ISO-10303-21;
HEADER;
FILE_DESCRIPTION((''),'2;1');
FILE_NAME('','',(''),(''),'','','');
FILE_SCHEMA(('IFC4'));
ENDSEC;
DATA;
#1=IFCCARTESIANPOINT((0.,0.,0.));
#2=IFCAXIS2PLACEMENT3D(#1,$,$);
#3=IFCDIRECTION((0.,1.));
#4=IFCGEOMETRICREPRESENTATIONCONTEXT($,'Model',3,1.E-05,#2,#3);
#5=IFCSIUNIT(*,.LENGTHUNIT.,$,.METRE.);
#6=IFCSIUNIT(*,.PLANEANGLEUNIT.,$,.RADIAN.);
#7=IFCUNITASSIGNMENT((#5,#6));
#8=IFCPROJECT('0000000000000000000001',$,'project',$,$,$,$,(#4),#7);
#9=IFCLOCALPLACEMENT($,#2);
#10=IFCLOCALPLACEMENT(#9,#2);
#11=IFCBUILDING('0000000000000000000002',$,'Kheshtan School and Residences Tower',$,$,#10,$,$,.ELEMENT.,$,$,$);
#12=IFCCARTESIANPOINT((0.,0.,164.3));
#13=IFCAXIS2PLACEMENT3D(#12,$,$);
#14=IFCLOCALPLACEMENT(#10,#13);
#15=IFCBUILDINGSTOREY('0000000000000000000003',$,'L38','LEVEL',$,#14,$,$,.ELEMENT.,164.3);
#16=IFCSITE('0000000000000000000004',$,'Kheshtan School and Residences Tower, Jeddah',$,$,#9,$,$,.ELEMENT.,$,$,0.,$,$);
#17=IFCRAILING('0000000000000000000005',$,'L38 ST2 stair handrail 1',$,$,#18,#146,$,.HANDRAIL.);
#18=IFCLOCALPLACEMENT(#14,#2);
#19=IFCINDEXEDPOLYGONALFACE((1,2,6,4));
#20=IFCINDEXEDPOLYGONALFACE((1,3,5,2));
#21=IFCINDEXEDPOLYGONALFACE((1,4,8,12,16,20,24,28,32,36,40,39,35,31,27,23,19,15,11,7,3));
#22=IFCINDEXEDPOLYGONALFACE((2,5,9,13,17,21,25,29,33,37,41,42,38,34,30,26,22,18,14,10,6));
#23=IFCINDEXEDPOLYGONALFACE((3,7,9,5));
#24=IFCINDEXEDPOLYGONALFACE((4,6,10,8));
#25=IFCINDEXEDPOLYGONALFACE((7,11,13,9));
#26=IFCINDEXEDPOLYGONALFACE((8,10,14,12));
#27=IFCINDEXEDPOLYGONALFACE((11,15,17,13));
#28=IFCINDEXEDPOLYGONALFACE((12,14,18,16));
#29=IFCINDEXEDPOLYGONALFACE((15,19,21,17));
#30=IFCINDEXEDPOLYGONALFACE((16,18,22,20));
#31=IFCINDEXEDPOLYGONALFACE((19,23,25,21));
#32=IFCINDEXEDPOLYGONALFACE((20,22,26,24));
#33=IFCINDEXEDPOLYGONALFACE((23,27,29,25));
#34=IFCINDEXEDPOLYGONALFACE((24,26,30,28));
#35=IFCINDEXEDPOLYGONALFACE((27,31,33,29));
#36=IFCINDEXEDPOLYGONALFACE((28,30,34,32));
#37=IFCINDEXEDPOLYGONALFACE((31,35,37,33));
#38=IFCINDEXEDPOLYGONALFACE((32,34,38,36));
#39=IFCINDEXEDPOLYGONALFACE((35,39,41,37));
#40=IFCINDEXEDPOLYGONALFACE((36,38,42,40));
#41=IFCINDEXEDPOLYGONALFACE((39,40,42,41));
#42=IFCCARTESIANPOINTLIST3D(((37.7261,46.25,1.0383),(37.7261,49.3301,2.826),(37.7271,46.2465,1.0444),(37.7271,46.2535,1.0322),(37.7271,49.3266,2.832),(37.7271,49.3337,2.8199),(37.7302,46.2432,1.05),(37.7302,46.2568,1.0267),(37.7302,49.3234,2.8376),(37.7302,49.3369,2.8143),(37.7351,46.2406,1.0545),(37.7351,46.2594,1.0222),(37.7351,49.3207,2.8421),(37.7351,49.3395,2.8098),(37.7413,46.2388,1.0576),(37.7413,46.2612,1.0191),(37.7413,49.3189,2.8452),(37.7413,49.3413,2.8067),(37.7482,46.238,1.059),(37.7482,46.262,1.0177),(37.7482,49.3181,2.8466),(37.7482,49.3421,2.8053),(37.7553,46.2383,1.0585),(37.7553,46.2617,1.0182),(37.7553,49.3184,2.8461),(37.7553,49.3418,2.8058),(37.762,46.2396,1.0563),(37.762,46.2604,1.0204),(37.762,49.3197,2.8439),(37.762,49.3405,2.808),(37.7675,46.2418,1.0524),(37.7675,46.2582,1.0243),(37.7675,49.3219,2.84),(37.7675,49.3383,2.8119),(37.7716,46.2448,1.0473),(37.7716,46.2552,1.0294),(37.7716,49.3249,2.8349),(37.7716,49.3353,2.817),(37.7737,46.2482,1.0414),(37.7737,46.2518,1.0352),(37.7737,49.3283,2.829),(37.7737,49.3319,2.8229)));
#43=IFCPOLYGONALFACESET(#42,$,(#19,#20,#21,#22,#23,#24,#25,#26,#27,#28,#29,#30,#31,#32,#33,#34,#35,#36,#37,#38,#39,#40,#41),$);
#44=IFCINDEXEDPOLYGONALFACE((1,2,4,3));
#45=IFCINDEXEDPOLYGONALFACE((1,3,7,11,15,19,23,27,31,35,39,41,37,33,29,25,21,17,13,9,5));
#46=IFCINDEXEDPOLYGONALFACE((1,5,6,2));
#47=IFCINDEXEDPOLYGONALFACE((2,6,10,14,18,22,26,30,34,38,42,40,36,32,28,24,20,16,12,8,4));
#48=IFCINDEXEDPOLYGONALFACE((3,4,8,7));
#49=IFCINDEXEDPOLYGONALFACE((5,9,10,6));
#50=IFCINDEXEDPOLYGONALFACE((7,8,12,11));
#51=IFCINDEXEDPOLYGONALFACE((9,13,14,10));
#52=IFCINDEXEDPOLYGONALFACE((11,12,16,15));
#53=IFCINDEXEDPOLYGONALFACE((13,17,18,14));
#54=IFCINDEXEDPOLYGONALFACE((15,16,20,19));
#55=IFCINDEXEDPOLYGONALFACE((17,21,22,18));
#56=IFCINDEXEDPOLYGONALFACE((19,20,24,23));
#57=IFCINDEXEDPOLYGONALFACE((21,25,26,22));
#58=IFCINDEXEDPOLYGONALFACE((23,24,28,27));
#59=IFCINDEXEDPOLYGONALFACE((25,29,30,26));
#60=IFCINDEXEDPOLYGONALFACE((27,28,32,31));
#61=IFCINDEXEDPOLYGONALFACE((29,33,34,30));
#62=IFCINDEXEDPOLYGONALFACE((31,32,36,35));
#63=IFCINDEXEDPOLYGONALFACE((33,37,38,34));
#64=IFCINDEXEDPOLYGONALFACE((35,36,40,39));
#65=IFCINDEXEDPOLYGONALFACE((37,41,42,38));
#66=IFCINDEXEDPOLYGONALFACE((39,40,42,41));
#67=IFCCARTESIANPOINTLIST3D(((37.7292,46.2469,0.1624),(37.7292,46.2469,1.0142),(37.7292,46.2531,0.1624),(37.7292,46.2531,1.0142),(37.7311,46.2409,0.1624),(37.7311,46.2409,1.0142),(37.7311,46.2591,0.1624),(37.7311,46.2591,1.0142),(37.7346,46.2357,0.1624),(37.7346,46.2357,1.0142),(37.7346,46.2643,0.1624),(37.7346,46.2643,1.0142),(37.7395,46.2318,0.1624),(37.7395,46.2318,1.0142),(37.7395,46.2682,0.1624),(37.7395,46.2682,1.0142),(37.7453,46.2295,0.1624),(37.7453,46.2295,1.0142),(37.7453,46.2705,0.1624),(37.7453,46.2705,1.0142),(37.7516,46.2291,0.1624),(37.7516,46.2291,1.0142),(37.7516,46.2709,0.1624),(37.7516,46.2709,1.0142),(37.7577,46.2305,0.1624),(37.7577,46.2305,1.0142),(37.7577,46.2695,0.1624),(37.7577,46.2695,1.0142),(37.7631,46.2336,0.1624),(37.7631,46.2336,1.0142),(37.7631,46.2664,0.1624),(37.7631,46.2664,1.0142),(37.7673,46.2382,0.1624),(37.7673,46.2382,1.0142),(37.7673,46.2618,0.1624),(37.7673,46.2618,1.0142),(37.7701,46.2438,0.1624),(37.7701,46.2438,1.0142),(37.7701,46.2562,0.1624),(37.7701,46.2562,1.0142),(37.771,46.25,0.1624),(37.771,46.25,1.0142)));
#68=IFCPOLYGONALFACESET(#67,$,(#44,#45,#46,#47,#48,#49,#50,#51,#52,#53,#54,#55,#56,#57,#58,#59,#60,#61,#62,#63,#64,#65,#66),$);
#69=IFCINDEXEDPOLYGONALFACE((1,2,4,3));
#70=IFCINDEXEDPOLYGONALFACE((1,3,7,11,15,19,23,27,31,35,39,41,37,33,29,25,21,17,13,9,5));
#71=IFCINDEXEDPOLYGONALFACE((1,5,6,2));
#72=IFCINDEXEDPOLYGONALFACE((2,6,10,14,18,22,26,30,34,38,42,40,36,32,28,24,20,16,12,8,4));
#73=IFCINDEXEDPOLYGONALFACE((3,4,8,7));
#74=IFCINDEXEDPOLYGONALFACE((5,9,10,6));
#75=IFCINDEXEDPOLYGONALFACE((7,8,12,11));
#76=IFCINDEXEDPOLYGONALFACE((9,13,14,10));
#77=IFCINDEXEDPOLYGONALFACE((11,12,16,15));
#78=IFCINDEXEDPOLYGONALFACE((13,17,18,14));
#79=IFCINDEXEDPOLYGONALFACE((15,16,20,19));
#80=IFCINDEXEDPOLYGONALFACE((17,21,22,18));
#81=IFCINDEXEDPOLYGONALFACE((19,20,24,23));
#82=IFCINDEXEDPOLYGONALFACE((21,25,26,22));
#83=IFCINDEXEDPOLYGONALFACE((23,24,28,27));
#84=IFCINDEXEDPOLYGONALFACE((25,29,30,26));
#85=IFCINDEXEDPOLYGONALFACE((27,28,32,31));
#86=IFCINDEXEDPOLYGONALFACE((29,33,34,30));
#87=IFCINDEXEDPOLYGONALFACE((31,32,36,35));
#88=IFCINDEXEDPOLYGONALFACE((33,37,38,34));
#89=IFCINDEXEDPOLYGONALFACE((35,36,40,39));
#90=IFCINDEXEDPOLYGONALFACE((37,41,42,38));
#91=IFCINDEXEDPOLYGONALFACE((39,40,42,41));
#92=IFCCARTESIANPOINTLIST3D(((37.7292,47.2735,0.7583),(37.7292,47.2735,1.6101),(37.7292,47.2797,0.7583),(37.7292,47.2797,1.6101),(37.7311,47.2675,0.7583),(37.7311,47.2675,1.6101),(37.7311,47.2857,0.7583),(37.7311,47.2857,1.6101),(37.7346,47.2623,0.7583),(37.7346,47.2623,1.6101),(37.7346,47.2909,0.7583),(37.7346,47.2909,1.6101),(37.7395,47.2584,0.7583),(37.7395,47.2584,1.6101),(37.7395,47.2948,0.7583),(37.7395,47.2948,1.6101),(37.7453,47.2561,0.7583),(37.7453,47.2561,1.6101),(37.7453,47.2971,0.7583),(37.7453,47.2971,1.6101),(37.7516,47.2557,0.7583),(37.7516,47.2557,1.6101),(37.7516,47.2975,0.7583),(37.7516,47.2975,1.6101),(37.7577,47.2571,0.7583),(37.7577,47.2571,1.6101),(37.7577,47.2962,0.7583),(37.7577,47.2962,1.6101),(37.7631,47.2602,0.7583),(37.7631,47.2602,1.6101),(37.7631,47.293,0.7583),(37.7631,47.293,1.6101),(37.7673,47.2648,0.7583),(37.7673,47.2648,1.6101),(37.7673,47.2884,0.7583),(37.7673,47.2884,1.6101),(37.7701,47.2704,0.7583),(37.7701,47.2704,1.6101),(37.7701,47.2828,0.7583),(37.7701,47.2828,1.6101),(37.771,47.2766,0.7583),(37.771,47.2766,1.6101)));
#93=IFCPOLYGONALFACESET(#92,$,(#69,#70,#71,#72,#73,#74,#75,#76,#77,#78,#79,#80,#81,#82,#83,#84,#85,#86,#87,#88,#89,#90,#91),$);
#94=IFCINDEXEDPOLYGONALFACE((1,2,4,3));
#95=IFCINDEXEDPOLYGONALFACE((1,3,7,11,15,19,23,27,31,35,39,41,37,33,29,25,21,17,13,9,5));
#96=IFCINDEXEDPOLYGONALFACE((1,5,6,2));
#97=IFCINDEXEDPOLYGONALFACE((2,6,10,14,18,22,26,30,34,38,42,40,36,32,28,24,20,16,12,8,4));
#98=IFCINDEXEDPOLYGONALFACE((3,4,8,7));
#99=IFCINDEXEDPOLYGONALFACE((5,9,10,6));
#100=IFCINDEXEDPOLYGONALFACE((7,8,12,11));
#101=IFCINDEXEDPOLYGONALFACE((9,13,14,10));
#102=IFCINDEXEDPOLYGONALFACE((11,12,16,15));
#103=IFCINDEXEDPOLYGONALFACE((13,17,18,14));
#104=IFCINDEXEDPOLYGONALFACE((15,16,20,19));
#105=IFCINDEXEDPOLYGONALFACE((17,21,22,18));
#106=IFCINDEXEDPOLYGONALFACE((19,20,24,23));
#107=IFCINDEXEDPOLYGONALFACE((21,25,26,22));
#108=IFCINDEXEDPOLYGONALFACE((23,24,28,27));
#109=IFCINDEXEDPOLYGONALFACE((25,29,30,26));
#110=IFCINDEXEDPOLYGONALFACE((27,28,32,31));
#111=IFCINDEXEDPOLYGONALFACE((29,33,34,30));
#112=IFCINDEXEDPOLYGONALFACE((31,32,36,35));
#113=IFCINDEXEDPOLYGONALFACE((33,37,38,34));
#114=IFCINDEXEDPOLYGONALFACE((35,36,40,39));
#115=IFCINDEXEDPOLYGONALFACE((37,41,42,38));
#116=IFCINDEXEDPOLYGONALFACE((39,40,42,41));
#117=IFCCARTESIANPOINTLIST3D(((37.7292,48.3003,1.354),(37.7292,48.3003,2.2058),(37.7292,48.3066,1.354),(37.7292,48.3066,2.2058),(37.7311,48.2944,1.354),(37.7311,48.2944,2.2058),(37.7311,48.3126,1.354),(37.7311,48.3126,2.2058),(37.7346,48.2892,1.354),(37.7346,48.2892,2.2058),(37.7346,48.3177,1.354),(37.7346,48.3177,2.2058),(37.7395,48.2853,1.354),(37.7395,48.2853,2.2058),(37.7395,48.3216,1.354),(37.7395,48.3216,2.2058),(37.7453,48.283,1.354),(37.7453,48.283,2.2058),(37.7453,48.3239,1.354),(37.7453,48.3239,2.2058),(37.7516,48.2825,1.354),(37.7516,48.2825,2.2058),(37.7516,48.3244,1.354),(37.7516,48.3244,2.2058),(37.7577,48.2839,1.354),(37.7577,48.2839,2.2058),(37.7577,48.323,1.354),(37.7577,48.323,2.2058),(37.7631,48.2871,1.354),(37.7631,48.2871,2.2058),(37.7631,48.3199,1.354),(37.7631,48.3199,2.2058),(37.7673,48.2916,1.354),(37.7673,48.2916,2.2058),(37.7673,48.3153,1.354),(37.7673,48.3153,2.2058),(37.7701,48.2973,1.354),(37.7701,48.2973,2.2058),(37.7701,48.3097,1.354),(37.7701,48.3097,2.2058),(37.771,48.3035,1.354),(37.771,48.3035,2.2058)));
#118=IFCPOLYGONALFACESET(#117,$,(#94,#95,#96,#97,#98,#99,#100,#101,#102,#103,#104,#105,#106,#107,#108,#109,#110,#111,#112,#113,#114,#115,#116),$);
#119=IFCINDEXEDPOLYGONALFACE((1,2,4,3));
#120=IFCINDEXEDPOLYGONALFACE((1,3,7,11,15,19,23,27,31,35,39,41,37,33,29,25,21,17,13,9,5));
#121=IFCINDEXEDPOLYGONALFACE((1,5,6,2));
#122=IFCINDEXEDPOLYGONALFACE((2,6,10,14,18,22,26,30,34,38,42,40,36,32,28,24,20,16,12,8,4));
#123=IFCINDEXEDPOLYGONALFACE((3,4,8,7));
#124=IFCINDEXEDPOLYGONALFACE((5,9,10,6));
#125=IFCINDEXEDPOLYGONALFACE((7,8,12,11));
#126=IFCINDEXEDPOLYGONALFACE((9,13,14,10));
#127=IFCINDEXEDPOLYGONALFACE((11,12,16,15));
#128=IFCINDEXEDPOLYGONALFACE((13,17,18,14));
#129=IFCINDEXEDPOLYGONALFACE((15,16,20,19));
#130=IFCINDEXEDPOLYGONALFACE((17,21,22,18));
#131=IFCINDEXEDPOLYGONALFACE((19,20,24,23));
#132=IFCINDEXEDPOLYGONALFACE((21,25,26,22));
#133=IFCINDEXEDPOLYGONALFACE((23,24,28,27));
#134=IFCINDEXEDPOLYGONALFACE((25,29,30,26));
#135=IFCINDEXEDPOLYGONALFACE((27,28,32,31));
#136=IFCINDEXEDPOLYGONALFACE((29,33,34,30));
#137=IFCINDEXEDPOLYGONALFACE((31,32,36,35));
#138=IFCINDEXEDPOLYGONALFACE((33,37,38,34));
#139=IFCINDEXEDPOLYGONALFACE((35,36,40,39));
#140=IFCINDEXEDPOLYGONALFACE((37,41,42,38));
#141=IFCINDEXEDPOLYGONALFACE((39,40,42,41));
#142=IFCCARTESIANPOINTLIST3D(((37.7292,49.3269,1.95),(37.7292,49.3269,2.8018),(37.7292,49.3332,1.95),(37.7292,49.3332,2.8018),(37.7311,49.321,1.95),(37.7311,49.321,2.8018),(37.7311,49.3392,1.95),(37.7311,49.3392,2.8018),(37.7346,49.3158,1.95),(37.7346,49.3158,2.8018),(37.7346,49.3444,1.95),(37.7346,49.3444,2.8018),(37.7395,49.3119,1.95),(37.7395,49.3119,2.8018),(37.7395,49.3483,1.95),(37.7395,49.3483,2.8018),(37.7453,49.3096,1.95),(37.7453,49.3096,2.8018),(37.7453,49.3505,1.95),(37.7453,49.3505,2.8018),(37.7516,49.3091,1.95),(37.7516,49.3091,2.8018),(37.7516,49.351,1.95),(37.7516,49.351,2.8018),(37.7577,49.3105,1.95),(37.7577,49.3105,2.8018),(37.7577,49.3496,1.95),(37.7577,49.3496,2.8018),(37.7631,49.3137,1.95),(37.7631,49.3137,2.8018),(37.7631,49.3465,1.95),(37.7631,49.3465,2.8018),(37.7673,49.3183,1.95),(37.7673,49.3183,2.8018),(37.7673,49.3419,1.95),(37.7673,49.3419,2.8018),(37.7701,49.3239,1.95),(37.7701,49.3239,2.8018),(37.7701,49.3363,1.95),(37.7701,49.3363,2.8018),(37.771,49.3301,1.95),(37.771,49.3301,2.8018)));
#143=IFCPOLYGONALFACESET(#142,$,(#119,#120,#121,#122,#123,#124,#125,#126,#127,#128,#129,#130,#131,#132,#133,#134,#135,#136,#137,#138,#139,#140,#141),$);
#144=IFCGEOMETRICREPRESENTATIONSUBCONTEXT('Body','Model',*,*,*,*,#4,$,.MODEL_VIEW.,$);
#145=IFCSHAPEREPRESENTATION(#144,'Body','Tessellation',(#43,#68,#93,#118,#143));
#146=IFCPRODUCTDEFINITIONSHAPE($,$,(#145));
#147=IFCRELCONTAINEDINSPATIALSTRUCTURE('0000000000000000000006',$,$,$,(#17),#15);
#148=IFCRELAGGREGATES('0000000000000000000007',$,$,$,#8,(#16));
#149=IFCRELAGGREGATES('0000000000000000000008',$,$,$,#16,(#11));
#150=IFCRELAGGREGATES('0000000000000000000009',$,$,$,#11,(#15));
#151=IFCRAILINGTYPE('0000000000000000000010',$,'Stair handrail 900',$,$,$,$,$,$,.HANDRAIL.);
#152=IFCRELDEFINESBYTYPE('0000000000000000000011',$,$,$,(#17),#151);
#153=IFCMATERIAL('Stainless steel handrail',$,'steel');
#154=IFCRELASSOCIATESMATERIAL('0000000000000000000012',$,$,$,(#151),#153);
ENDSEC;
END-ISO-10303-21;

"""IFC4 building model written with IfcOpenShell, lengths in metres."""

from ifc_helpers import new_model, si_unit, direction, frame, origin, origin_2d, place, context, subcontext, project, spatial, circle, extrude, material, type_object, element, save


model = new_model("IFC4")

# Units and contexts
model_context = context("Model", 3, precision=1e-05, world=origin(), true_north=direction((0.0, 1.0)))
body_context = subcontext(model_context, "Body", "Model", "MODEL_VIEW")
ifc_project = project(units=[si_unit("LENGTHUNIT", "METRE"), si_unit("PLANEANGLEUNIT", "RADIAN")], contexts=[model_context])

# Site, building, storey
site_placement = place(None, origin())
site = spatial("IfcSite", under=ifc_project, at=site_placement, Name="Kheshtan School and Residences Tower, Jeddah", CompositionType="ELEMENT", RefElevation=0.0)
building_placement = place(site_placement, origin())
building = spatial("IfcBuilding", under=site, at=building_placement, Name="Kheshtan School and Residences Tower", CompositionType="ELEMENT")
storey_placement = place(building_placement, frame((0.0, 0.0, 164.3)))
storey = spatial("IfcBuildingStorey", under=building, at=storey_placement, Name="L38", Description="LEVEL", CompositionType="ELEMENT", Elevation=164.3)

# Railing
ifc_material_1 = material(Name="Stainless steel handrail", Category="steel")
railing_type_1 = type_object("IfcRailingType", Name="Stair handrail 900", PredefinedType="HANDRAIL", material=ifc_material_1)
railing_1_placement = place(storey_placement, frame((37.75, 46.25, 0.1624)))
element("IfcRailing", 1, at=railing_1_placement, inside=storey, type_object=railing_type_1, Name="L38 ST2 stair handrail 1", PredefinedType="HANDRAIL", context=body_context, shape_type="SweptSolid", body=[
    extrude(circle(Radius=0.0239, at=origin_2d()), frame((0.0, 0.0, 0.876), z_axis=(0.0, 0.864891, 0.50196), x_axis=(-1.0, 0.0, 0.0)), (0.0, 0.0, 1.0), 3.5613),
    extrude(circle(Radius=0.021, at=origin_2d()), origin(), (0.0, 0.0, 1.0), 0.8518),
    extrude(circle(Radius=0.021, at=origin_2d()), frame((0.0, 1.0266, 0.5959)), (0.0, 0.0, 1.0), 0.8518),
    extrude(circle(Radius=0.021, at=origin_2d()), frame((0.0, 2.0535, 1.1917)), (0.0, 0.0, 1.0), 0.8518),
    extrude(circle(Radius=0.021, at=origin_2d()), frame((0.0, 3.0801, 1.7876)), (0.0, 0.0, 1.0), 0.8518),
])

save(model, "model.ifc")
